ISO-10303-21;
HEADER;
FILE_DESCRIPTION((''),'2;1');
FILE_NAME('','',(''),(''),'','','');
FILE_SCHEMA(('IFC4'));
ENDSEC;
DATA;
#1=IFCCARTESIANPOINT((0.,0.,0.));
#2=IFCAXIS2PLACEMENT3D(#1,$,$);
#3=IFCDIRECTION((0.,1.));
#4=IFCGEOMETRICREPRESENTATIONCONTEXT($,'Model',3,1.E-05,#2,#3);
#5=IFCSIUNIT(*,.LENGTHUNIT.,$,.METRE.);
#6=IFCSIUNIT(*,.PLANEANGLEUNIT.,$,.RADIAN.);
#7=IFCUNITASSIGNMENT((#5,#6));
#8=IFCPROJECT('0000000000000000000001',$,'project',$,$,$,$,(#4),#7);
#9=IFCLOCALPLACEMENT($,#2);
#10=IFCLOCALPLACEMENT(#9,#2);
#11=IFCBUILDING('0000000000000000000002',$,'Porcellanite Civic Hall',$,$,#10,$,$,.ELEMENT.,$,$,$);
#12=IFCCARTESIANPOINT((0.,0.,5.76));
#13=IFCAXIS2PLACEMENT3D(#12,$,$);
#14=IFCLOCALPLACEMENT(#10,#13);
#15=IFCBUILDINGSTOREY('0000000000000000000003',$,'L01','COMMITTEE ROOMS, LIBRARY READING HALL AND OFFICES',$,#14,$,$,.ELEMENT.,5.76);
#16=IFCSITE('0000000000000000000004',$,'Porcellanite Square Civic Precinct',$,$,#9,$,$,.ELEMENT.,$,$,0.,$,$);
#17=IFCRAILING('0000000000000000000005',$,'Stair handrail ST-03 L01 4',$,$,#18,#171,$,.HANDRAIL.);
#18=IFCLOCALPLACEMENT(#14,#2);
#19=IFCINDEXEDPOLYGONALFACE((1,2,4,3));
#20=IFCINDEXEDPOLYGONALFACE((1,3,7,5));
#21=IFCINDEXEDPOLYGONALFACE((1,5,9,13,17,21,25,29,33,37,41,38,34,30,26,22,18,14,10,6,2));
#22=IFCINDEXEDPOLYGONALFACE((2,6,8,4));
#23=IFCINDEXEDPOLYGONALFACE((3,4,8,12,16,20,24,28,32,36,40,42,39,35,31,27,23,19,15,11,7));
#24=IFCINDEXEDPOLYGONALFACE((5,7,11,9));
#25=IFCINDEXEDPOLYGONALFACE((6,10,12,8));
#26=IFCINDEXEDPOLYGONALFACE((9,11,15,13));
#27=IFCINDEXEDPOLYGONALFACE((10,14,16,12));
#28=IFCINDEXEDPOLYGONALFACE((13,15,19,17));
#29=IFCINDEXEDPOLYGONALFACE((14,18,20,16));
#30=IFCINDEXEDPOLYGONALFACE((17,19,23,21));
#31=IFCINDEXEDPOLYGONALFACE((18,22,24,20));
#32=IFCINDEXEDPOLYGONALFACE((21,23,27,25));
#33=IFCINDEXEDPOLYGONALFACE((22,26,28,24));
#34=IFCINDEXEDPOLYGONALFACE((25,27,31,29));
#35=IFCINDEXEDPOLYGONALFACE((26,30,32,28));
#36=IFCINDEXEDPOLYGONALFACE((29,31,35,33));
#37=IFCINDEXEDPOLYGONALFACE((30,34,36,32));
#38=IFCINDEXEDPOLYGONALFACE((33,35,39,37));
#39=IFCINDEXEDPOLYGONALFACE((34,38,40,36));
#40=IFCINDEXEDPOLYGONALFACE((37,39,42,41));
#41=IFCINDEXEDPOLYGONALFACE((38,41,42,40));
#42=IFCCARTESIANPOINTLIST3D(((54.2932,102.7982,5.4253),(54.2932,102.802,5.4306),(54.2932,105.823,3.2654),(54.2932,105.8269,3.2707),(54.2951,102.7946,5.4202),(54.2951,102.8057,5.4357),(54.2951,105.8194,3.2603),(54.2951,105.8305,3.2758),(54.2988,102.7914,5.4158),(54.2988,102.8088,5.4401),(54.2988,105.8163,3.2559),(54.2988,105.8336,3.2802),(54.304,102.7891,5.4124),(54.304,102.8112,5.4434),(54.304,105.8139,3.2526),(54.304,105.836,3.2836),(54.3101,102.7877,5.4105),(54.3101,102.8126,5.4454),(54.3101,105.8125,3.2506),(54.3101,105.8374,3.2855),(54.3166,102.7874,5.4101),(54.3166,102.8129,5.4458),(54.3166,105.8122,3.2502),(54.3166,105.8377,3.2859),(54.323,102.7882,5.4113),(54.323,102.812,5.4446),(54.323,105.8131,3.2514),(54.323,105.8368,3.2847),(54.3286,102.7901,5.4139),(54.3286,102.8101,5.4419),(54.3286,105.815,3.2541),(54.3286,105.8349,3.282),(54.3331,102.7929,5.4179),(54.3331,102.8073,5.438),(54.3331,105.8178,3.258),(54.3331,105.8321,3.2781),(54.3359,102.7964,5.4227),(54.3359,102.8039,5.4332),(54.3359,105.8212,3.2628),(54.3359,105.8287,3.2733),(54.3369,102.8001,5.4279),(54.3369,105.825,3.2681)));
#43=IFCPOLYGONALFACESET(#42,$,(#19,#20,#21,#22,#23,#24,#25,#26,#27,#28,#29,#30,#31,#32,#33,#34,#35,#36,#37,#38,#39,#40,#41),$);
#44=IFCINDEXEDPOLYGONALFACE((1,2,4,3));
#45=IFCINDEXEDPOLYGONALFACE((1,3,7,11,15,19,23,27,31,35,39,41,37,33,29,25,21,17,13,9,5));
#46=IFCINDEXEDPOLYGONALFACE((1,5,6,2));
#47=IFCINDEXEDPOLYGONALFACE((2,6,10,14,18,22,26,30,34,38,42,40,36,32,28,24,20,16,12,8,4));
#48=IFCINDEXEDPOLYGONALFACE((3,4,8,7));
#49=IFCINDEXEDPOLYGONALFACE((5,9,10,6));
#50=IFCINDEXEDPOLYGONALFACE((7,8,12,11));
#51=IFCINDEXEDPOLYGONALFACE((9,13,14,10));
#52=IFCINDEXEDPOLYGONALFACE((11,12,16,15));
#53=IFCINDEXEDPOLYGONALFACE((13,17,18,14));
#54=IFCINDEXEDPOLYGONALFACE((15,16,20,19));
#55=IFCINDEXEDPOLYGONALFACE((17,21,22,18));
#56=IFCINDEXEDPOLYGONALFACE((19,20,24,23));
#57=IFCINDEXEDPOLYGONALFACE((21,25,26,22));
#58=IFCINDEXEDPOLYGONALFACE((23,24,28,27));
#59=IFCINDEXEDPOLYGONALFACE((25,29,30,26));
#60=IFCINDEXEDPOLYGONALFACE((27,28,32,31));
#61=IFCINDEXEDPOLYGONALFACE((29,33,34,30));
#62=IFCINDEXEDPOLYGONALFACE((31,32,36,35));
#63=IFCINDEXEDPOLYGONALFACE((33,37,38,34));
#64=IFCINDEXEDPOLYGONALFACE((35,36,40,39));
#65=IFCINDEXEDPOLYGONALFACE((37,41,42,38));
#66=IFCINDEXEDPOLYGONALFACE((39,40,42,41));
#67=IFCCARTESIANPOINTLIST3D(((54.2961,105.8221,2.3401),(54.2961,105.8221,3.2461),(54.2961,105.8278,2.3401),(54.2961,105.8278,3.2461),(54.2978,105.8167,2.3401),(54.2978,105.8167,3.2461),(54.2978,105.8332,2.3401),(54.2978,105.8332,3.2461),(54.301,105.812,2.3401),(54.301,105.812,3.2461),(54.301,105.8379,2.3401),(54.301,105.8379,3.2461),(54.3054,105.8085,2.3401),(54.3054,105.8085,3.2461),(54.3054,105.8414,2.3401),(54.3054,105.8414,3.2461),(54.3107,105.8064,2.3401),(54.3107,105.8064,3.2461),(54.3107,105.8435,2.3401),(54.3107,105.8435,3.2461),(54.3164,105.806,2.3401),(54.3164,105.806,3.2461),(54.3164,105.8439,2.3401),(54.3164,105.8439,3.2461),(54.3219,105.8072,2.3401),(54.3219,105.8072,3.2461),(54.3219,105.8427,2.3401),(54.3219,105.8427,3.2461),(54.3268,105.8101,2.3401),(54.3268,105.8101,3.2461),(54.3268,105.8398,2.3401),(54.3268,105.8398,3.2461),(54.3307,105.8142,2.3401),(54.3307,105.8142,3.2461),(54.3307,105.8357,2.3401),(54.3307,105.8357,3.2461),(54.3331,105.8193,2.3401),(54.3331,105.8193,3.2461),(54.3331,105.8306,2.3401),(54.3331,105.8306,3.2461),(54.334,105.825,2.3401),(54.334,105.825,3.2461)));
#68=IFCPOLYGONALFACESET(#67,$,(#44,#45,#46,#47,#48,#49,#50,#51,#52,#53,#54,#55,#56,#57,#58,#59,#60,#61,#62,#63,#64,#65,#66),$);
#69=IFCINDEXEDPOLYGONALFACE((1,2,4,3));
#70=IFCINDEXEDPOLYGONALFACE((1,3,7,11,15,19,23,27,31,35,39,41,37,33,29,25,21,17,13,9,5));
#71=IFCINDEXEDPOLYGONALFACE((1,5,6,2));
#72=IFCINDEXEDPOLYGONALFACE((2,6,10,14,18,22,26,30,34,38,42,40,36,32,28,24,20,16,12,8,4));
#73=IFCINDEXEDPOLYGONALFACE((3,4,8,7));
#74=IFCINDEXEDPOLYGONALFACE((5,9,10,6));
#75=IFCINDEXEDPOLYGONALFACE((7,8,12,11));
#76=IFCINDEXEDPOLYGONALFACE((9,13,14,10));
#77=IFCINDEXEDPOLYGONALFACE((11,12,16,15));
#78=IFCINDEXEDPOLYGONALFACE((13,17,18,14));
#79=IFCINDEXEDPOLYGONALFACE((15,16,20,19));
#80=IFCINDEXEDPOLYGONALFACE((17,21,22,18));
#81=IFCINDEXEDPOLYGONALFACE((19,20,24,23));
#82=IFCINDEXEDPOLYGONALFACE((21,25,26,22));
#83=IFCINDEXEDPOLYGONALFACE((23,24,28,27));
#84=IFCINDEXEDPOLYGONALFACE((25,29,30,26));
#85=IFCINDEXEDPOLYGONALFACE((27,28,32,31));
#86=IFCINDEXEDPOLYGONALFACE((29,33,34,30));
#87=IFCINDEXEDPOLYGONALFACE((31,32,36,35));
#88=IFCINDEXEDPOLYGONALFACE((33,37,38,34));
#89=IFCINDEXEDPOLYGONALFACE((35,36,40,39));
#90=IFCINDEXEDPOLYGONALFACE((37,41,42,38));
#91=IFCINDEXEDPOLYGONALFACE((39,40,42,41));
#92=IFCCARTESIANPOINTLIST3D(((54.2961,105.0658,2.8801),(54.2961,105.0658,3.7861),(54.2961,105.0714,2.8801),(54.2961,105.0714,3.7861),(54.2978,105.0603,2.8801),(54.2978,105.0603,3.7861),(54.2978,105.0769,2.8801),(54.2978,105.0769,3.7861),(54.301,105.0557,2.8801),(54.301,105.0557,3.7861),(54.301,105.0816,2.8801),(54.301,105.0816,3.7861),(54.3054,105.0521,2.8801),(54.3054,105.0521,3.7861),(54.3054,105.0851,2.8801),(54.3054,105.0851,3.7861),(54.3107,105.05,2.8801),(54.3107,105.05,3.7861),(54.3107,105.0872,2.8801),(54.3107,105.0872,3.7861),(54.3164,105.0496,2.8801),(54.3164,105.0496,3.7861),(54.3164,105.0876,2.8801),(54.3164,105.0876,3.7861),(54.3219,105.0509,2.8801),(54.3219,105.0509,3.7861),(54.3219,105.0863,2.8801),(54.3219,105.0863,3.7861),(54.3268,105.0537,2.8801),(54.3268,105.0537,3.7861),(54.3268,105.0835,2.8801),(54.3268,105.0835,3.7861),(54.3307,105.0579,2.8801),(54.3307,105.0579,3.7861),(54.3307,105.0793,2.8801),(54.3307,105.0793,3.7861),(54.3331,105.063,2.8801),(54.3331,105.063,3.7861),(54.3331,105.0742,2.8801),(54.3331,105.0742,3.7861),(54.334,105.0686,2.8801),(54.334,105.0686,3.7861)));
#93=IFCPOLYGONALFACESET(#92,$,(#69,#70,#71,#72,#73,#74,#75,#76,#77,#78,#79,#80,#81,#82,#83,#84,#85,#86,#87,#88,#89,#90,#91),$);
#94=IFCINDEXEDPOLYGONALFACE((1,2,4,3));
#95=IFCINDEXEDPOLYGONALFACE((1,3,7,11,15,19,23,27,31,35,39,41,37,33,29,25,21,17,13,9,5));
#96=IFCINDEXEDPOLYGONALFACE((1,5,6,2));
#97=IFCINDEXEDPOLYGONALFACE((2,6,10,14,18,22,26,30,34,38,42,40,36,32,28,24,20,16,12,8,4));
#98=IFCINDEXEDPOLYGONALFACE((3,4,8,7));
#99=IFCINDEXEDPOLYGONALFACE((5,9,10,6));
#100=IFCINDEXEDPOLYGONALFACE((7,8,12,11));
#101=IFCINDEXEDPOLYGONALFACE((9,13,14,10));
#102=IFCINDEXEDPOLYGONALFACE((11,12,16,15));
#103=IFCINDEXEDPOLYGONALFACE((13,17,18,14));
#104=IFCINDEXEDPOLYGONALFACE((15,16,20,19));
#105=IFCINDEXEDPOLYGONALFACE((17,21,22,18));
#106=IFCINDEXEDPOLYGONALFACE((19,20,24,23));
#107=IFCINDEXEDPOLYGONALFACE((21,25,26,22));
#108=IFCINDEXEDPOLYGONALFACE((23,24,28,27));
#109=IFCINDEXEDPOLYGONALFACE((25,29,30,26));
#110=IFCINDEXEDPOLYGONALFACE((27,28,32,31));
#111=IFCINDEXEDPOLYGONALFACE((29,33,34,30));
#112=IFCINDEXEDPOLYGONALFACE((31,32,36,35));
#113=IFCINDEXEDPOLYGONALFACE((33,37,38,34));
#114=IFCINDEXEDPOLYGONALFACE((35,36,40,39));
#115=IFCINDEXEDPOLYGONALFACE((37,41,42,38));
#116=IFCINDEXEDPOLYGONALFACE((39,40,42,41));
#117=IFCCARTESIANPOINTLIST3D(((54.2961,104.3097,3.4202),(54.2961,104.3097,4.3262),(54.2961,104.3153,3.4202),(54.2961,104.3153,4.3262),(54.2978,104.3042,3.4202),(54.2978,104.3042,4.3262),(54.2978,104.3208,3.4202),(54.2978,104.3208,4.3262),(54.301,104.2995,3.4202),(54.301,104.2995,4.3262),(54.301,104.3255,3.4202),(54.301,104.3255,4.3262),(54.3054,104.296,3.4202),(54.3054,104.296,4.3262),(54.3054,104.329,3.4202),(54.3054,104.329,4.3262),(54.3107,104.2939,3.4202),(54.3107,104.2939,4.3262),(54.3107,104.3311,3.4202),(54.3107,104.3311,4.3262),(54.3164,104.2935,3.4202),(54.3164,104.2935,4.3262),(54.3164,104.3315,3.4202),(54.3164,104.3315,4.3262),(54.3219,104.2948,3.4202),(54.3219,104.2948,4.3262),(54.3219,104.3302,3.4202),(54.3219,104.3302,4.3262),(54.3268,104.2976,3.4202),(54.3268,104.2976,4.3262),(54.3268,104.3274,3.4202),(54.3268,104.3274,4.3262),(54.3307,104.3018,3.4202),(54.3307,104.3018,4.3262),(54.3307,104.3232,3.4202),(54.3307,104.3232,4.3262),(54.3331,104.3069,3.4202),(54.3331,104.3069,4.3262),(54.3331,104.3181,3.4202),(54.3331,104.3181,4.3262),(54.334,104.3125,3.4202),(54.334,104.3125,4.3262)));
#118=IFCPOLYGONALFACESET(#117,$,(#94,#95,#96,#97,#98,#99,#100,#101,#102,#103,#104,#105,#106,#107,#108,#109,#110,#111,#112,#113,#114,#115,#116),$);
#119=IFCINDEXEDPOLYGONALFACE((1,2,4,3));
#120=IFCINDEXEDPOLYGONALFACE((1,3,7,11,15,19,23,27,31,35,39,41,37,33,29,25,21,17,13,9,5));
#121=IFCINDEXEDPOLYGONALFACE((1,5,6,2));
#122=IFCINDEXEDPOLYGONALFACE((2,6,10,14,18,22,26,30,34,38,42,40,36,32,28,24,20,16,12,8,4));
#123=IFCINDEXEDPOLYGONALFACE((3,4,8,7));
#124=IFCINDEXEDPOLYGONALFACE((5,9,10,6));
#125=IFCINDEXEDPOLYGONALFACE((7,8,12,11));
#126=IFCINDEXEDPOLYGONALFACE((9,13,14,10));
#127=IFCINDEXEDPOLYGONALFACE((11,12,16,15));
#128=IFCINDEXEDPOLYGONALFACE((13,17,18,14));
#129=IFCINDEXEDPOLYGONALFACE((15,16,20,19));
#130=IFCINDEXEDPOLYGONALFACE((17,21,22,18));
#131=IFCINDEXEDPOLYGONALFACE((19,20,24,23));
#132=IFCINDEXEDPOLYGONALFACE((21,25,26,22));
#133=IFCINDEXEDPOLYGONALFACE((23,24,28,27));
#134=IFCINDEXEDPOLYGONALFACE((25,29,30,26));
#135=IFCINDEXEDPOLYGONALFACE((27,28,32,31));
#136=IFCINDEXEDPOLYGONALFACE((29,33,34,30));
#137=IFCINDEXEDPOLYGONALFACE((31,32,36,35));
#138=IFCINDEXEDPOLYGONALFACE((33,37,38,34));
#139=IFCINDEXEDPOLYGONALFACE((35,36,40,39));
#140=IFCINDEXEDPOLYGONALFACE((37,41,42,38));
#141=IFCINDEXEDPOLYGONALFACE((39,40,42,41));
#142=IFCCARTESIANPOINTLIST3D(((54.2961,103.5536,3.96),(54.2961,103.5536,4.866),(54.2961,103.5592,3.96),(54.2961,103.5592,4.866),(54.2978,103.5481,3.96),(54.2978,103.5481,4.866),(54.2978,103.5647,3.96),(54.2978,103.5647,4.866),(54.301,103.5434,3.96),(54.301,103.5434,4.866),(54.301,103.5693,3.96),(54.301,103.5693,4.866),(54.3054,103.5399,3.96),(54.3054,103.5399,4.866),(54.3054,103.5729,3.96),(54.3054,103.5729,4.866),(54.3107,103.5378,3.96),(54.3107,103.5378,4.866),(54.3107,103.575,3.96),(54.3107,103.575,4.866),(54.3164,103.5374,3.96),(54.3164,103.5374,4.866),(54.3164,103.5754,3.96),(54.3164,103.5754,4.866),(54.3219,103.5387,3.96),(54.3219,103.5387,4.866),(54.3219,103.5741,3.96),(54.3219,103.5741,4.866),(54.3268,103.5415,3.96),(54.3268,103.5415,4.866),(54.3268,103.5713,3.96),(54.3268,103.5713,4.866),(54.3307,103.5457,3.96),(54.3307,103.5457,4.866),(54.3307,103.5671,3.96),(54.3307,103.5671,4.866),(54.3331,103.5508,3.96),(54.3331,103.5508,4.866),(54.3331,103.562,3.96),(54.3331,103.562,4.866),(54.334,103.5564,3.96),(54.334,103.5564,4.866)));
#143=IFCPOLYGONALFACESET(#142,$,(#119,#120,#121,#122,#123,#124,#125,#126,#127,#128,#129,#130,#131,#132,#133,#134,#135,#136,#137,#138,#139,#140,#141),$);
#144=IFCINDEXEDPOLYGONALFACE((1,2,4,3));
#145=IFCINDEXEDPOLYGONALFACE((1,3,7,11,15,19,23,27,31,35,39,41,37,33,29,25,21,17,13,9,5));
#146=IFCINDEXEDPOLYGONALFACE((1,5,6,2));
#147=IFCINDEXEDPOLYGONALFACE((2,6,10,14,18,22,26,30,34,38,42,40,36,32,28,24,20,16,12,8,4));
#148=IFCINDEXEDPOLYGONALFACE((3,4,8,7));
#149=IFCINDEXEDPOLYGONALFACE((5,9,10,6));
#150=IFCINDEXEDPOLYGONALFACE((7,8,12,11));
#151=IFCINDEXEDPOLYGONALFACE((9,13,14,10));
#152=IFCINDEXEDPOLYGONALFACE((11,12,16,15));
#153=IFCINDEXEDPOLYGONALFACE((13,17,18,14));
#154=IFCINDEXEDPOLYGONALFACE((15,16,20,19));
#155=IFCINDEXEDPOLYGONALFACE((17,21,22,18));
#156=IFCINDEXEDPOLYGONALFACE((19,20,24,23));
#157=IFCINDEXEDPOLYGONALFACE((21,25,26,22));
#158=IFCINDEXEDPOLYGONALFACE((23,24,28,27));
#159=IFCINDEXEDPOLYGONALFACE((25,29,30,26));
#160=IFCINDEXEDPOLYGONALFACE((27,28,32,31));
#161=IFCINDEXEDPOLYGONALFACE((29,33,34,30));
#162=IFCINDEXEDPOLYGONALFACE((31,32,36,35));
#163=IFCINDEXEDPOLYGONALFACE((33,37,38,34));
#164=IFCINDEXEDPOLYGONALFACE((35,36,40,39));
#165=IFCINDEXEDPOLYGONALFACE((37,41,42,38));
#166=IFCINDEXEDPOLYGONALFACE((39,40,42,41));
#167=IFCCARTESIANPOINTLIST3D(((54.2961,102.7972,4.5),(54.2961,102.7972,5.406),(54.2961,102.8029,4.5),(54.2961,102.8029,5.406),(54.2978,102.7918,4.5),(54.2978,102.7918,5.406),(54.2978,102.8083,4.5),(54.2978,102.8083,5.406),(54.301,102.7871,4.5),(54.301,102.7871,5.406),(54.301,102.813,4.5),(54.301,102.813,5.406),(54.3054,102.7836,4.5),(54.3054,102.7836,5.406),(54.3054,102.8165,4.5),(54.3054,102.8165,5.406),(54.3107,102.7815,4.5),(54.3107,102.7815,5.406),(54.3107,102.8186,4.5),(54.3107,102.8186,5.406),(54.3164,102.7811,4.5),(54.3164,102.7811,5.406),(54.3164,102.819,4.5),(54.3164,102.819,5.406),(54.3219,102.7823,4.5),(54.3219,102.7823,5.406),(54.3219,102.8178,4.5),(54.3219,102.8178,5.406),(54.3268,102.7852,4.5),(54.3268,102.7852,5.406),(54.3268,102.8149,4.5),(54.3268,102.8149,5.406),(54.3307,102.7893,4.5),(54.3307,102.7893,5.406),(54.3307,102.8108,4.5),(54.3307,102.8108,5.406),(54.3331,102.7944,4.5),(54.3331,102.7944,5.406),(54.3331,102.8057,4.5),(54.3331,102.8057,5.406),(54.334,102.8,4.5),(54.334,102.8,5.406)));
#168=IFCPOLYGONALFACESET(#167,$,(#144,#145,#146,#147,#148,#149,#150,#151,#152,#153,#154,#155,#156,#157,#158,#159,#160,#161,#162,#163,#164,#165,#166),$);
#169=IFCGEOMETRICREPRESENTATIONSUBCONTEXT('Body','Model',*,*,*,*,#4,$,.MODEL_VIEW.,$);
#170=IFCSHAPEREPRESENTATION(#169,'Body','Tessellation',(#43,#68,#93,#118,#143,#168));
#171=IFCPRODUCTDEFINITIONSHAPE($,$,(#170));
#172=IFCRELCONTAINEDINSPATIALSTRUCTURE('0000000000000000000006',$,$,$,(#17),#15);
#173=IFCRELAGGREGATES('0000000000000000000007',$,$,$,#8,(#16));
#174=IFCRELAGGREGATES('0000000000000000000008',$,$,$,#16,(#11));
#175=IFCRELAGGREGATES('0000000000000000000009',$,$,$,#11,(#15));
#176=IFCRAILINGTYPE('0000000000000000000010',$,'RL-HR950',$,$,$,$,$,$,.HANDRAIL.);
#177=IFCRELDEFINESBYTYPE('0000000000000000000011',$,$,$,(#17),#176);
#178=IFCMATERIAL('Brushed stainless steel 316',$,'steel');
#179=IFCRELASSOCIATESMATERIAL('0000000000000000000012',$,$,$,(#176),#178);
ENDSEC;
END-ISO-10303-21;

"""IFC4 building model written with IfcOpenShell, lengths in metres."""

from ifc_helpers import new_model, si_unit, direction, frame, origin, origin_2d, place, context, subcontext, project, spatial, circle, extrude, material, type_object, element, save


model = new_model("IFC4")

# Units and contexts
model_context = context("Model", 3, precision=1e-05, world=origin(), true_north=direction((0.0, 1.0)))
body_context = subcontext(model_context, "Body", "Model", "MODEL_VIEW")
ifc_project = project(units=[si_unit("LENGTHUNIT", "METRE"), si_unit("PLANEANGLEUNIT", "RADIAN")], contexts=[model_context])

# Site, building, storey
site_placement = place(None, origin())
site = spatial("IfcSite", under=ifc_project, at=site_placement, Name="Porcellanite Square Civic Precinct", CompositionType="ELEMENT", RefElevation=0.0)
building_placement = place(site_placement, origin())
building = spatial("IfcBuilding", under=site, at=building_placement, Name="Porcellanite Civic Hall", CompositionType="ELEMENT")
storey_placement = place(building_placement, frame((0.0, 0.0, 5.76)))
storey = spatial("IfcBuildingStorey", under=building, at=storey_placement, Name="L01", Description="COMMITTEE ROOMS, LIBRARY READING HALL AND OFFICES", CompositionType="ELEMENT", Elevation=5.76)

# Railing
ifc_material_1 = material(Name="Brushed stainless steel 316", Category="steel")
railing_type_1 = type_object("IfcRailingType", Name="RL-HR950", PredefinedType="HANDRAIL", material=ifc_material_1)
railing_1_placement = place(storey_placement, frame((54.3149, 105.825, 2.3401)))
element("IfcRailing", 1, at=railing_1_placement, inside=storey, type_object=railing_type_1, Name="Stair handrail ST-03 L01 4", PredefinedType="HANDRAIL", context=body_context, shape_type="SweptSolid", body=[
    extrude(circle(Radius=0.022, at=origin_2d()), frame((0.0, 0.0, 0.928), z_axis=(0.0, -0.813827, 0.581108), x_axis=(1.0, 0.0, 0.0)), (0.0, 0.0, 1.0), 3.7168),
    extrude(circle(Radius=0.019, at=origin_2d()), origin(), (0.0, 0.0, 1.0), 0.906),
    extrude(circle(Radius=0.019, at=origin_2d()), frame((0.0, -0.7563, 0.54)), (0.0, 0.0, 1.0), 0.906),
    extrude(circle(Radius=0.019, at=origin_2d()), frame((0.0, -1.5125, 1.0801)), (0.0, 0.0, 1.0), 0.906),
    extrude(circle(Radius=0.019, at=origin_2d()), frame((0.0, -2.2686, 1.6199)), (0.0, 0.0, 1.0), 0.906),
    extrude(circle(Radius=0.019, at=origin_2d()), frame((0.0, -3.0249, 2.1599)), (0.0, 0.0, 1.0), 0.906),
])

save(model, "model.ifc")
